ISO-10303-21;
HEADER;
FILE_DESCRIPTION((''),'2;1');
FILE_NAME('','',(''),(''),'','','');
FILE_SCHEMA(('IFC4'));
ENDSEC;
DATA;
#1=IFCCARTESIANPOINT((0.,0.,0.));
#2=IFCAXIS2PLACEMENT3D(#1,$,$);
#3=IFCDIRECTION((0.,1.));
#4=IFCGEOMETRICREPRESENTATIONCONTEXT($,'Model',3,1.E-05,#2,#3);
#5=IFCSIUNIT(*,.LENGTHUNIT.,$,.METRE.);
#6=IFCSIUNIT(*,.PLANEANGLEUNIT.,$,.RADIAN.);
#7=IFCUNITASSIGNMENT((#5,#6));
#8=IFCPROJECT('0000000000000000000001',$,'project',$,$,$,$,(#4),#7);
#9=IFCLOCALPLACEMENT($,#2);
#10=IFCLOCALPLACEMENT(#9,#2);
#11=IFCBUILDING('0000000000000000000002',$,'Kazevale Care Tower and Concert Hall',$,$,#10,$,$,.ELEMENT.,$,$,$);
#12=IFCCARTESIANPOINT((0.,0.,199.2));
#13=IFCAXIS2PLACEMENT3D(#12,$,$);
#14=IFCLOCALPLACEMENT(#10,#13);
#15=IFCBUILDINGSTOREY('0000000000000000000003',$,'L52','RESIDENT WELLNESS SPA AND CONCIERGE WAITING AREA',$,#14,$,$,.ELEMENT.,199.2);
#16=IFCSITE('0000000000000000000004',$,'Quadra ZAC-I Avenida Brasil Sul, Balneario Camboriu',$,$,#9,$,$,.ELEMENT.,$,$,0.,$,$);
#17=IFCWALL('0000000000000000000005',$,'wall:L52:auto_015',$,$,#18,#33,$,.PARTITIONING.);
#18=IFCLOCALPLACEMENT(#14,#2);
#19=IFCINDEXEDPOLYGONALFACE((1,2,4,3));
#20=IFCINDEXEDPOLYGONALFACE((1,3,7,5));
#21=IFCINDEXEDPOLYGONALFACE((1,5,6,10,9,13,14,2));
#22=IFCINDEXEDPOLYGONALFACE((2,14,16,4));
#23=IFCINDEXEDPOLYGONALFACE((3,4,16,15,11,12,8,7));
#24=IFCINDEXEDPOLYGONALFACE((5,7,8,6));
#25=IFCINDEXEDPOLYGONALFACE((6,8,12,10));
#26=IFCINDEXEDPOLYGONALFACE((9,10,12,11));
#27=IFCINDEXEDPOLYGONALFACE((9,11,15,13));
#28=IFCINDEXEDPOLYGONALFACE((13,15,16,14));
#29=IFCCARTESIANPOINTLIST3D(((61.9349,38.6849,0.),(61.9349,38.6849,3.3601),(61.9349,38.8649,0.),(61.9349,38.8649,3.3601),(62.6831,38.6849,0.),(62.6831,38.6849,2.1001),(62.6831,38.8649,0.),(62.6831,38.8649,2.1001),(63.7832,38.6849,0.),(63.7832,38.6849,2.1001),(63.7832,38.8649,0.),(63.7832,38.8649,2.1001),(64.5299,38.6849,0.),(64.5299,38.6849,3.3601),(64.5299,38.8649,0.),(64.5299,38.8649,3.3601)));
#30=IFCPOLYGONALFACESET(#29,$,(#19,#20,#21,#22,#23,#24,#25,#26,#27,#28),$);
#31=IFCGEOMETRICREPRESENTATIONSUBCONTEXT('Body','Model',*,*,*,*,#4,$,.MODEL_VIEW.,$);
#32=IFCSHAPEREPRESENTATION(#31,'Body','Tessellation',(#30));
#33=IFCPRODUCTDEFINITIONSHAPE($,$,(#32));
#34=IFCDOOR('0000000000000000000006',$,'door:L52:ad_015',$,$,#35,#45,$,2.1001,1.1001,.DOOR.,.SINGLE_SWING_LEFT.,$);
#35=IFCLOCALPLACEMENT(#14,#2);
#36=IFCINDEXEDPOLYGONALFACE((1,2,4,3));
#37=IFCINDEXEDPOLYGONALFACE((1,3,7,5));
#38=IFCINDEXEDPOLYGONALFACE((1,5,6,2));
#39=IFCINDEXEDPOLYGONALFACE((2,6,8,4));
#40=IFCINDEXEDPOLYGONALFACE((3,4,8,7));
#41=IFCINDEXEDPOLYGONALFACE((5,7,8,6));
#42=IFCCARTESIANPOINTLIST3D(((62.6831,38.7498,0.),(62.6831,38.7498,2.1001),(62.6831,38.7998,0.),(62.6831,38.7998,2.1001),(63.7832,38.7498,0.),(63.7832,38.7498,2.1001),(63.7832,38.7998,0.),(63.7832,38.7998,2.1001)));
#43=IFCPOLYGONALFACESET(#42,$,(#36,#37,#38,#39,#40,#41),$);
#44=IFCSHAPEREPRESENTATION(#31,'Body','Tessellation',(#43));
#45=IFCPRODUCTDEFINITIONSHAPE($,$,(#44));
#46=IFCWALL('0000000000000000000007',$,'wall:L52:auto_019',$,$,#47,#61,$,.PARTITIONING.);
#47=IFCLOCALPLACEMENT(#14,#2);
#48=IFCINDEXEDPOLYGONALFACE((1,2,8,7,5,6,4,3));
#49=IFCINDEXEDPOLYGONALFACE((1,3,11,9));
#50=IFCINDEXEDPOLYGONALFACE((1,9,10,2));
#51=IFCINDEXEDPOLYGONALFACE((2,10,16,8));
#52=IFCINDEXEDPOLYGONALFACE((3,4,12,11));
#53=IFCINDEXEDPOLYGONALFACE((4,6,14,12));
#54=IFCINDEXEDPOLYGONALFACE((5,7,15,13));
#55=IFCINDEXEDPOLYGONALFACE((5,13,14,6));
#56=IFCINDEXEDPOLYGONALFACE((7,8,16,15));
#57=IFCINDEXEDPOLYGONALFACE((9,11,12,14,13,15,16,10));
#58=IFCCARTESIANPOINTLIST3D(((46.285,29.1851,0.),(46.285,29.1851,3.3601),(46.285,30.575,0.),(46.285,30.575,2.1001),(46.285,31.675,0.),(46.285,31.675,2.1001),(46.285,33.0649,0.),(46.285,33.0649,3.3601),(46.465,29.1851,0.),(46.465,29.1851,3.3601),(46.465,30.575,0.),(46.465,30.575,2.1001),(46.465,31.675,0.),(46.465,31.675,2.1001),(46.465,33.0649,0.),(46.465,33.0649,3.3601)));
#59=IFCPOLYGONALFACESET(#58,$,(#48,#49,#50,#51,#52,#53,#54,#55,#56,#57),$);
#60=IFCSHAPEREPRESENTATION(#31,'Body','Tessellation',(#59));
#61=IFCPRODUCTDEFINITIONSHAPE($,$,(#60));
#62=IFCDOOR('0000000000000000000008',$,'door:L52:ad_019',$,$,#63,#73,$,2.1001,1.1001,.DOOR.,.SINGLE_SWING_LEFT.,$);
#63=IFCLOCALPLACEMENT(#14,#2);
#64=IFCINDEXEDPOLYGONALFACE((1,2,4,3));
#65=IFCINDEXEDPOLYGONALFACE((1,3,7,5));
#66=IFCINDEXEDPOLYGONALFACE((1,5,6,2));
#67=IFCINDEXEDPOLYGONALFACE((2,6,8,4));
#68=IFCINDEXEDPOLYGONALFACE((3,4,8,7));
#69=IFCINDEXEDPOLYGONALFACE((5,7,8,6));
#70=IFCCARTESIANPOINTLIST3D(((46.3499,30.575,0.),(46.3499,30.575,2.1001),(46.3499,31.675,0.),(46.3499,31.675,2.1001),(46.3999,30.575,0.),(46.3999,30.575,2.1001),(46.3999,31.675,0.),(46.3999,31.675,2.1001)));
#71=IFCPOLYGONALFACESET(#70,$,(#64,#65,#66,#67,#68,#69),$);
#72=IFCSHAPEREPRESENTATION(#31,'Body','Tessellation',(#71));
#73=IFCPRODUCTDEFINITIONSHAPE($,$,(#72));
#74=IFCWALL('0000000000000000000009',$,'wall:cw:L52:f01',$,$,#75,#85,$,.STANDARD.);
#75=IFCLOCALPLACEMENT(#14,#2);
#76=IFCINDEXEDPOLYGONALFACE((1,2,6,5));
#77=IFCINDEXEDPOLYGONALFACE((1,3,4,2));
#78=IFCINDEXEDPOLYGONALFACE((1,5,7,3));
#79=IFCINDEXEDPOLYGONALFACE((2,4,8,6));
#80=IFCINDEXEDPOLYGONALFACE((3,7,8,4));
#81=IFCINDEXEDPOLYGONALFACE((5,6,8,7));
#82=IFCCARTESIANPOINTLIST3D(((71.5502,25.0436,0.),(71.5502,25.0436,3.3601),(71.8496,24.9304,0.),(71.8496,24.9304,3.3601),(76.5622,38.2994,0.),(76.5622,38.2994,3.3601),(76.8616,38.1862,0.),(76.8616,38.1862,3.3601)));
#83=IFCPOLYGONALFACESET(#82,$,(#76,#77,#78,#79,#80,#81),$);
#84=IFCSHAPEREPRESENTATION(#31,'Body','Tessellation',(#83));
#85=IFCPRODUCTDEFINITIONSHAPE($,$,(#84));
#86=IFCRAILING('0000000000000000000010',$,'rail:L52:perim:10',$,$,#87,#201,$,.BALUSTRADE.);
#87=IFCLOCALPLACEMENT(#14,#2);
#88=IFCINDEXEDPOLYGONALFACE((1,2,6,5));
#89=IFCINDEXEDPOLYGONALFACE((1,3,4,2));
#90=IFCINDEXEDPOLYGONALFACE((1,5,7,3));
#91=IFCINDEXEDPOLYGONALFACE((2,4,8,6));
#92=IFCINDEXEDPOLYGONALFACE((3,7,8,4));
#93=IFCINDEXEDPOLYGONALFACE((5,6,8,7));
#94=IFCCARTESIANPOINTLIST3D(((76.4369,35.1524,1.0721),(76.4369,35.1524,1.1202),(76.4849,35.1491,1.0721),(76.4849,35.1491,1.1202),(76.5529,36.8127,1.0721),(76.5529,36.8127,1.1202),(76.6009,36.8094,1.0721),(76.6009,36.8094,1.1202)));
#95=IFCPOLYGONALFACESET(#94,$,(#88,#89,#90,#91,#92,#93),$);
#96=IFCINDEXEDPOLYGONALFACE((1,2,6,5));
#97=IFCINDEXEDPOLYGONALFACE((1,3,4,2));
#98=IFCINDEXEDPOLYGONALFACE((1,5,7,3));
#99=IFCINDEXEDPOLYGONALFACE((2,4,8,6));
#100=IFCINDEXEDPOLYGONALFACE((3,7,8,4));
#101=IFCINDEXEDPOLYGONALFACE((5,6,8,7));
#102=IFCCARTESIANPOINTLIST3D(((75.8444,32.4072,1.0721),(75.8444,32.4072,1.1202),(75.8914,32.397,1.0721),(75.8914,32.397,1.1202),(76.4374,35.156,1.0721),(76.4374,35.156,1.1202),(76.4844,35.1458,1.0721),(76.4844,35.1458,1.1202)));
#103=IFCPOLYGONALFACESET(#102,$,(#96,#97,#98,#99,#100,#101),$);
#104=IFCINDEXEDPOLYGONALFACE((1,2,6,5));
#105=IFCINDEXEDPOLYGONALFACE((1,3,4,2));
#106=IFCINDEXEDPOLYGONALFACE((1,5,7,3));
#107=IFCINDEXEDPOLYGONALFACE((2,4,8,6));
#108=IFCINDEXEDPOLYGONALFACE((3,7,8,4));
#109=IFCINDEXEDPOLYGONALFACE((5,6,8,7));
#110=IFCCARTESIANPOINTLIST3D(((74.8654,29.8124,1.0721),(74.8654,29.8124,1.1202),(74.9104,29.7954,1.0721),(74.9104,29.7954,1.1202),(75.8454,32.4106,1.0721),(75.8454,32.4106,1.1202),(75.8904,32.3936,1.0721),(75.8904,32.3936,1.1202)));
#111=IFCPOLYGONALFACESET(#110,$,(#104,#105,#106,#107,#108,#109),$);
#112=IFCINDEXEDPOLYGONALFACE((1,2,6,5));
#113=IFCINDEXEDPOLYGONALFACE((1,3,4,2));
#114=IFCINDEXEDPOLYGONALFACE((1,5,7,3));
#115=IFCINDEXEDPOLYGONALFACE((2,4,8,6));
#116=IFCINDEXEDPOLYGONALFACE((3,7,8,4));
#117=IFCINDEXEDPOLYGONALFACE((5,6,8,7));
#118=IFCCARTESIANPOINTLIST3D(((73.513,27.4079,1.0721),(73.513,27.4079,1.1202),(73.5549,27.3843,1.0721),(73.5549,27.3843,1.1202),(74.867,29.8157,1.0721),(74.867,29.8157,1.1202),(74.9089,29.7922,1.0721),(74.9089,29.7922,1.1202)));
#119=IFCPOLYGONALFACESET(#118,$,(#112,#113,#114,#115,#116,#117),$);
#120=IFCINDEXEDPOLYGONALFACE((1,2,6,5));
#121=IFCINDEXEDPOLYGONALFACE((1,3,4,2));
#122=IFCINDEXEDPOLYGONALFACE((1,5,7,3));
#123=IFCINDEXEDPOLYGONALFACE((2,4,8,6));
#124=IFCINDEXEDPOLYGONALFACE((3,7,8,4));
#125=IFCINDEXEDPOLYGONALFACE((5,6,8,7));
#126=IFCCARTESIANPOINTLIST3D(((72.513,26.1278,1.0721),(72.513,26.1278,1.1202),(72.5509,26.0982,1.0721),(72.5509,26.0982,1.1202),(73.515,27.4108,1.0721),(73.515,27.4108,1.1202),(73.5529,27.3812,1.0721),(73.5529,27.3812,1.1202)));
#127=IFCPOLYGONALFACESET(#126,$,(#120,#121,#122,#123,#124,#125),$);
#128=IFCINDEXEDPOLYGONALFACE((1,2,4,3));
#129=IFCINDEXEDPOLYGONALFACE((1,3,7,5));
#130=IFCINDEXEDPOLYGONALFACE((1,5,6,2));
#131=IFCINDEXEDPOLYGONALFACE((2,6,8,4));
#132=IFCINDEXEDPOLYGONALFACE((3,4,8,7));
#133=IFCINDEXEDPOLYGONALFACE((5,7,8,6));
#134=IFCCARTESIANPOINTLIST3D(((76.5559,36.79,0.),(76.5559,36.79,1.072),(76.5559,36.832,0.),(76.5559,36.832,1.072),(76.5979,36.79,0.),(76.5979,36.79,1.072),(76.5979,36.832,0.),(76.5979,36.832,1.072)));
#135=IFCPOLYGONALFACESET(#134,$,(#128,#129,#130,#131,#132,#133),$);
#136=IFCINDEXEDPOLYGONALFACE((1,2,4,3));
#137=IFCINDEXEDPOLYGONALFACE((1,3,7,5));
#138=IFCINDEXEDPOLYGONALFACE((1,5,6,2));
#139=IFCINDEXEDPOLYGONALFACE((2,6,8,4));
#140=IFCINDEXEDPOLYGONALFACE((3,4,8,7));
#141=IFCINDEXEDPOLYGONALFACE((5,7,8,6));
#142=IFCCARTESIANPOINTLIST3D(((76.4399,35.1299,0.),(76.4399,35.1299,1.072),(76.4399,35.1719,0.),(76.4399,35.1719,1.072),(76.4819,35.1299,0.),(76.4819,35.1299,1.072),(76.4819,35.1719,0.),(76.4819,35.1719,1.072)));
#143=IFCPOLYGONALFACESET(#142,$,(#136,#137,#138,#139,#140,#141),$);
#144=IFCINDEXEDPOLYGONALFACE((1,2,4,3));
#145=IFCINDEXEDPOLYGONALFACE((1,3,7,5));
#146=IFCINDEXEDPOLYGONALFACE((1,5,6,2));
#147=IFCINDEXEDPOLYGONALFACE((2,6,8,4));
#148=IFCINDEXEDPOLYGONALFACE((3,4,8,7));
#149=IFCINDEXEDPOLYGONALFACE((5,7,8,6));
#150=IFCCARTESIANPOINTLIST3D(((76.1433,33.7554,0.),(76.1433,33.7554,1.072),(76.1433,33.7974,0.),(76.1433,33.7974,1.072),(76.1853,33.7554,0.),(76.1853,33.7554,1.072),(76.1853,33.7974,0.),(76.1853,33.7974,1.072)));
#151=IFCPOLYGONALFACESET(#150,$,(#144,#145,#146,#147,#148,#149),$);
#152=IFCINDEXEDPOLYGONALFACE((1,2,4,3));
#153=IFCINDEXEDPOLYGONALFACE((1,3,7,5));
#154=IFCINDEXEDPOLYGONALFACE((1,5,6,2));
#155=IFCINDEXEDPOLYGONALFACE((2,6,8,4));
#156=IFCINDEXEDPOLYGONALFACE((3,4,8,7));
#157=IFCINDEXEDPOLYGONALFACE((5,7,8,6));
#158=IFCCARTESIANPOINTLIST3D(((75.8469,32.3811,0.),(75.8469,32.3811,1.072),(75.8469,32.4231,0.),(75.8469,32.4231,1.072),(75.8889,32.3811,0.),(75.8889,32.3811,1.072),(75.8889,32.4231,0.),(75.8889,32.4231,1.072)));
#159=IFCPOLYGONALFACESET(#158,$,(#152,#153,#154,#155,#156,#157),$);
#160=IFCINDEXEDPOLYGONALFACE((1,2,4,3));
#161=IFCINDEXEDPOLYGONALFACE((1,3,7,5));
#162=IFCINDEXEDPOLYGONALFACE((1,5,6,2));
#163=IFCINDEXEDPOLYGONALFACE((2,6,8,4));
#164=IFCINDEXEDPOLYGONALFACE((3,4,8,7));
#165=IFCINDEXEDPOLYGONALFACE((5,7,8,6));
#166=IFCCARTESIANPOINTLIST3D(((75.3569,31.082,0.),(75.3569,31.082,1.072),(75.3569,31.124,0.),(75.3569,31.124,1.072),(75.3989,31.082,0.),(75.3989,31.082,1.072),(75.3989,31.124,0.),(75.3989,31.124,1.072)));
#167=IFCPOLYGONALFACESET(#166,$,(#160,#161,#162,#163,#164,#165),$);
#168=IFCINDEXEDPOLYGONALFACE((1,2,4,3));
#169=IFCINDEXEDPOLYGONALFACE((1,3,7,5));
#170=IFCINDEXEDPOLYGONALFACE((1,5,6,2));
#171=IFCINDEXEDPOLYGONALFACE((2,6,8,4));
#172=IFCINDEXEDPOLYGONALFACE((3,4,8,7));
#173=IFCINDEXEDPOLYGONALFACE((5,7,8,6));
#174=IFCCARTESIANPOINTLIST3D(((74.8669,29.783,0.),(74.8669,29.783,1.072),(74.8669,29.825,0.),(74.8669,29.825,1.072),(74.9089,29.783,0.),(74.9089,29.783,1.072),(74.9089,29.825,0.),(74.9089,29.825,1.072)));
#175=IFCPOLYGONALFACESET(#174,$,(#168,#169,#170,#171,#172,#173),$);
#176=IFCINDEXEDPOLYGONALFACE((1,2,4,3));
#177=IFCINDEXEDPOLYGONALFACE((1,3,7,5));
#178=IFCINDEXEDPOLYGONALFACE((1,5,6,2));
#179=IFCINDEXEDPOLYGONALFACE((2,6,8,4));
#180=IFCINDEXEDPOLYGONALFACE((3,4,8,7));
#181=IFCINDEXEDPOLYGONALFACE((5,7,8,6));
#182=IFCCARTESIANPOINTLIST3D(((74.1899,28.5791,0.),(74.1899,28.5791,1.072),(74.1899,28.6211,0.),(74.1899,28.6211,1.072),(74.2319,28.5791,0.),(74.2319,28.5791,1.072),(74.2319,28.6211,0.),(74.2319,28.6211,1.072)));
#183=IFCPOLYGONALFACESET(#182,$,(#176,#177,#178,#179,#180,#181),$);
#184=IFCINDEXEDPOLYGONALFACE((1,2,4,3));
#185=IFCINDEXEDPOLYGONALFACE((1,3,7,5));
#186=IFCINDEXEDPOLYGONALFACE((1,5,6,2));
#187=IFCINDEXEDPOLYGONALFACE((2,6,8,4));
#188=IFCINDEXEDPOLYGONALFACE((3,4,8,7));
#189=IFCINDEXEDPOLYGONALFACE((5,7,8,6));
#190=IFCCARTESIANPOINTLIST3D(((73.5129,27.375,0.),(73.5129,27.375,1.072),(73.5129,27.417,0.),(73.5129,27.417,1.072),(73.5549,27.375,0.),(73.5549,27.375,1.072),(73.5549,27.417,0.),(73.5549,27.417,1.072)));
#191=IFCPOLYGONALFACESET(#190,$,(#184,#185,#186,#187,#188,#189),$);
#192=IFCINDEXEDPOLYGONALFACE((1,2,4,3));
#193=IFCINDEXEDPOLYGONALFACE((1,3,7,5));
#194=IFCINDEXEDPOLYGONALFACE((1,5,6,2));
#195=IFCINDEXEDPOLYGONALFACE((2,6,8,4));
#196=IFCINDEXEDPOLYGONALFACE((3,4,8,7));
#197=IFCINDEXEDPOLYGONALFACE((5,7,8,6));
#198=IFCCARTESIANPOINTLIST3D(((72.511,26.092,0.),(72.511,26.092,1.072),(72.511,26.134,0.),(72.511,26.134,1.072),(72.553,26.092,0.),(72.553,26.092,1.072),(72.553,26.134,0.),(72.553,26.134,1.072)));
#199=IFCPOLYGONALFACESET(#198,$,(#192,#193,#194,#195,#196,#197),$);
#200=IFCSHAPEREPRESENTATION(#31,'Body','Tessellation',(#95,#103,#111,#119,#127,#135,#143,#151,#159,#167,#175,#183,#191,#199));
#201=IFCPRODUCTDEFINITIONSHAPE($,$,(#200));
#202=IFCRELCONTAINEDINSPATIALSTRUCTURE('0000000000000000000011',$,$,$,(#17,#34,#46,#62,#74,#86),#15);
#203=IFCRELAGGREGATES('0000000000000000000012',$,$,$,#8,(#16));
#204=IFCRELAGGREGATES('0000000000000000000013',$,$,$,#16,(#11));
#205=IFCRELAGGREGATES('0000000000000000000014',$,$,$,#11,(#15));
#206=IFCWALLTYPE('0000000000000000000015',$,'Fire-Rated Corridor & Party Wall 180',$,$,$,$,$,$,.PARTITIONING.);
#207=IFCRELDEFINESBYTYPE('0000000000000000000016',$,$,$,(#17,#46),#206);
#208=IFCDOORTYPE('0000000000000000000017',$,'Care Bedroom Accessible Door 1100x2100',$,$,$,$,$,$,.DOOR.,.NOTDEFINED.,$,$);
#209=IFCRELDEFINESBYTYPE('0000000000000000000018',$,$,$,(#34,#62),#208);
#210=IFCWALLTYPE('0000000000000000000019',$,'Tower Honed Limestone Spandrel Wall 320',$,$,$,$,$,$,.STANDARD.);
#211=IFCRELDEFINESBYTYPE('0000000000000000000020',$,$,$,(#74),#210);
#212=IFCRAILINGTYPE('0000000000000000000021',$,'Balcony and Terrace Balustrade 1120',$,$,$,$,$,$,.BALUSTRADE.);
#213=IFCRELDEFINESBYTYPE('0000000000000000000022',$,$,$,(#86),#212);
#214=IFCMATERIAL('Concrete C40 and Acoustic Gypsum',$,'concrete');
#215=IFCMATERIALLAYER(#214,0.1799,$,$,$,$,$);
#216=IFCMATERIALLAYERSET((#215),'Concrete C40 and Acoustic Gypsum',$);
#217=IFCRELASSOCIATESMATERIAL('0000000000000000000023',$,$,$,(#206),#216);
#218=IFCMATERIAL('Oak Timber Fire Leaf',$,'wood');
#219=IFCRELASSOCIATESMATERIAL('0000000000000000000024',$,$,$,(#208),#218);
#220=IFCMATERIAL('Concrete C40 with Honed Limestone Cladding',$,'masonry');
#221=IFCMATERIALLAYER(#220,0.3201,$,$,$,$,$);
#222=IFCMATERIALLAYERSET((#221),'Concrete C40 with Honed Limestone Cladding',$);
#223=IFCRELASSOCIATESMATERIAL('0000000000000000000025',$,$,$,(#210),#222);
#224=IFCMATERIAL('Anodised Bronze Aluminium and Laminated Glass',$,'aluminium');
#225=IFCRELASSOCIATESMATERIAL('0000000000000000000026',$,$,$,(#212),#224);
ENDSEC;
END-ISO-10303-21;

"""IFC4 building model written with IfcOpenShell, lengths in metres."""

from ifc_helpers import new_model, si_unit, direction, frame, frame_2d, origin, origin_2d, place, context, subcontext, project, spatial, rectangle, extrude, material, layer, layer_set, type_object, element, fill, save


model = new_model("IFC4")

# Units and contexts
model_context = context("Model", 3, precision=1e-05, world=origin(), true_north=direction((0.0, 1.0)))
body_context = subcontext(model_context, "Body", "Model", "MODEL_VIEW")
ifc_project = project(units=[si_unit("LENGTHUNIT", "METRE"), si_unit("PLANEANGLEUNIT", "RADIAN")], contexts=[model_context])

# Site, building, storey
site_placement = place(None, origin())
site = spatial("IfcSite", under=ifc_project, at=site_placement, Name="Quadra ZAC-I Avenida Brasil Sul, Balneario Camboriu", CompositionType="ELEMENT", RefElevation=0.0)
building_placement = place(site_placement, origin())
building = spatial("IfcBuilding", under=site, at=building_placement, Name="Kazevale Care Tower and Concert Hall", CompositionType="ELEMENT")
storey_placement = place(building_placement, frame((0.0, 0.0, 199.2)))
storey = spatial("IfcBuildingStorey", under=building, at=storey_placement, Name="L52", Description="RESIDENT WELLNESS SPA AND CONCIERGE WAITING AREA", CompositionType="ELEMENT", Elevation=199.2)

# Walls, openings, doors
ifc_material_1 = material(Name="Concrete C40 and Acoustic Gypsum", Category="concrete")
ifc_layer_1 = layer(ifc_material_1, 0.1799)
ifc_layer_set_1 = layer_set([ifc_layer_1], Name="Concrete C40 and Acoustic Gypsum")
wall_type_1 = type_object("IfcWallType", Name="Fire-Rated Corridor & Party Wall 180", PredefinedType="PARTITIONING", material=ifc_layer_set_1)
ifc_material_2 = material(Name="Oak Timber Fire Leaf", Category="wood")
door_type = type_object("IfcDoorType", Name="Care Bedroom Accessible Door 1100x2100", OperationType="NOTDEFINED", PredefinedType="DOOR", material=ifc_material_2)
wall_1_placement = place(storey_placement, frame((61.9351, 38.7749, 0.0), z_axis=(0.0, 0.0, 1.0), x_axis=(1.0, 0.0, 0.0)))
wall_1 = element("IfcWall", 1, at=wall_1_placement, inside=storey, type_object=wall_type_1, Name="wall:L52:auto_015", PredefinedType="PARTITIONING", context=body_context, shape_type="SweptSolid", body=[
    extrude(rectangle(XDim=2.595, YDim=0.1799, at=frame_2d((1.2974, 0.0))), origin(), (0.0, 0.0, 1.0), 3.3601),
])
opening_1_placement = place(wall_1_placement, frame((0.748, 0.0, 0.0)))
opening_1 = element("IfcOpeningElement", 2, at=opening_1_placement, cuts=wall_1, PredefinedType="OPENING", context=body_context, shape_type="SweptSolid", body=[
    extrude(rectangle(XDim=1.1001, YDim=2.1001, at=frame_2d((0.55, 1.05))), frame((0.0, 0.0999, 0.0), z_axis=(0.0, -1.0, 0.0), x_axis=(1.0, 0.0, 0.0)), (0.0, 0.0, 1.0), 0.2),
])
door_1_placement = place(opening_1_placement, origin())
door_1 = element("IfcDoor", 3, at=door_1_placement, inside=storey, type_object=door_type, Name="door:L52:ad_015", OperationType="SINGLE_SWING_LEFT", OverallHeight=2.1001, OverallWidth=1.1001, PredefinedType="DOOR", context=body_context, shape_type="SweptSolid", body=[
    extrude(rectangle(XDim=1.1001, YDim=2.1001, at=frame_2d((0.55, 1.05))), frame((0.0, 0.0249, 0.0), z_axis=(0.0, -1.0, 0.0), x_axis=(1.0, 0.0, 0.0)), (0.0, 0.0, 1.0), 0.05),
])
fill(opening_1, door_1)
wall_2_placement = place(storey_placement, frame((46.375, 33.0649, 0.0), z_axis=(0.0, 0.0, 1.0), x_axis=(0.0, -1.0, 0.0)))
wall_2 = element("IfcWall", 4, at=wall_2_placement, inside=storey, type_object=wall_type_1, Name="wall:L52:auto_019", PredefinedType="PARTITIONING", context=body_context, shape_type="SweptSolid", body=[
    extrude(rectangle(XDim=3.8799, YDim=0.1799, at=frame_2d((1.9399, 0.0))), origin(), (0.0, 0.0, 1.0), 3.3601),
])
opening_2_placement = place(wall_2_placement, frame((1.3899, 0.0, 0.0)))
opening_2 = element("IfcOpeningElement", 5, at=opening_2_placement, cuts=wall_2, PredefinedType="OPENING", context=body_context, shape_type="SweptSolid", body=[
    extrude(rectangle(XDim=1.1001, YDim=2.1001, at=frame_2d((0.55, 1.05))), frame((0.0, 0.0999, 0.0), z_axis=(0.0, -1.0, 0.0), x_axis=(1.0, 0.0, 0.0)), (0.0, 0.0, 1.0), 0.2),
])
door_2_placement = place(opening_2_placement, origin())
door_2 = element("IfcDoor", 6, at=door_2_placement, inside=storey, type_object=door_type, Name="door:L52:ad_019", OperationType="SINGLE_SWING_LEFT", OverallHeight=2.1001, OverallWidth=1.1001, PredefinedType="DOOR", context=body_context, shape_type="SweptSolid", body=[
    extrude(rectangle(XDim=1.1001, YDim=2.1001, at=frame_2d((0.55, 1.05))), frame((0.0, 0.0249, 0.0), z_axis=(0.0, -1.0, 0.0), x_axis=(1.0, 0.0, 0.0)), (0.0, 0.0, 1.0), 0.05),
])
fill(opening_2, door_2)

# Wall
ifc_material_3 = material(Name="Concrete C40 with Honed Limestone Cladding", Category="masonry")
ifc_layer_2 = layer(ifc_material_3, 0.3201)
ifc_layer_set_2 = layer_set([ifc_layer_2], Name="Concrete C40 with Honed Limestone Cladding")
wall_type_2 = type_object("IfcWallType", Name="Tower Honed Limestone Spandrel Wall 320", PredefinedType="STANDARD", material=ifc_layer_set_2)
wall_3_placement = place(storey_placement, frame((76.7119, 38.2429, 0.0), z_axis=(0.0, 0.0, 1.0), x_axis=(-0.35366, -0.935374, 0.0)))
element("IfcWall", 7, at=wall_3_placement, inside=storey, type_object=wall_type_2, Name="wall:cw:L52:f01", PredefinedType="STANDARD", context=body_context, shape_type="SweptSolid", body=[
    extrude(rectangle(XDim=14.1716, YDim=0.3201, at=frame_2d((7.0859, 0.0))), origin(), (0.0, 0.0, 1.0), 3.3601),
])

# Railing
ifc_material_4 = material(Name="Anodised Bronze Aluminium and Laminated Glass", Category="aluminium")
railing_type = type_object("IfcRailingType", Name="Balcony and Terrace Balustrade 1120", PredefinedType="BALUSTRADE", material=ifc_material_4)
railing_1_placement = place(storey_placement, frame((76.5769, 36.811, 0.0)))
element("IfcRailing", 8, at=railing_1_placement, inside=storey, type_object=railing_type, Name="rail:L52:perim:10", PredefinedType="BALUSTRADE", context=body_context, shape_type="SweptSolid", body=[
    extrude(rectangle(XDim=0.0481, YDim=0.0481, at=origin_2d()), frame((0.0, 0.0, 1.0962), z_axis=(-0.069683, -0.997569, 0.0), x_axis=(0.997569, -0.069683, 0.0)), (0.0, 0.0, 1.0), 1.6643),
    extrude(rectangle(XDim=0.0481, YDim=0.0481, at=origin_2d()), frame((-0.116, -1.6602, 1.0962), z_axis=(-0.210887, -0.977511, 0.0), x_axis=(0.977511, -0.210887, 0.0)), (0.0, 0.0, 1.0), 2.812),
    extrude(rectangle(XDim=0.0481, YDim=0.0481, at=origin_2d()), frame((-0.709, -4.4089, 1.0962), z_axis=(-0.352915, -0.935655, 0.0), x_axis=(0.935655, -0.352915, 0.0)), (0.0, 0.0, 1.0), 2.7769),
    extrude(rectangle(XDim=0.0481, YDim=0.0481, at=origin_2d()), frame((-1.689, -7.0071, 1.0962), z_axis=(-0.490131, -0.871649, 0.0), x_axis=(0.871649, -0.490131, 0.0)), (0.0, 0.0, 1.0), 2.7625),
    extrude(rectangle(XDim=0.0481, YDim=0.0481, at=origin_2d()), frame((-3.043, -9.415, 1.0962), z_axis=(-0.615507, -0.788131, 0.0), x_axis=(0.788131, -0.615507, 0.0)), (0.0, 0.0, 1.0), 1.6279),
    extrude(rectangle(XDim=0.042, YDim=0.042, at=origin_2d()), origin(), (0.0, 0.0, 1.0), 1.072),
    extrude(rectangle(XDim=0.042, YDim=0.042, at=origin_2d()), frame((-0.116, -1.6602, 0.0)), (0.0, 0.0, 1.0), 1.072),
    extrude(rectangle(XDim=0.042, YDim=0.042, at=origin_2d()), frame((-0.4126, -3.0347, 0.0)), (0.0, 0.0, 1.0), 1.072),
    extrude(rectangle(XDim=0.042, YDim=0.042, at=origin_2d()), frame((-0.709, -4.4089, 0.0)), (0.0, 0.0, 1.0), 1.072),
    extrude(rectangle(XDim=0.042, YDim=0.042, at=origin_2d()), frame((-1.199, -5.708, 0.0)), (0.0, 0.0, 1.0), 1.072),
    extrude(rectangle(XDim=0.042, YDim=0.042, at=origin_2d()), frame((-1.689, -7.0071, 0.0)), (0.0, 0.0, 1.0), 1.072),
    extrude(rectangle(XDim=0.042, YDim=0.042, at=origin_2d()), frame((-2.366, -8.2109, 0.0)), (0.0, 0.0, 1.0), 1.072),
    extrude(rectangle(XDim=0.042, YDim=0.042, at=origin_2d()), frame((-3.043, -9.415, 0.0)), (0.0, 0.0, 1.0), 1.072),
    extrude(rectangle(XDim=0.042, YDim=0.042, at=origin_2d()), frame((-4.0449, -10.698, 0.0)), (0.0, 0.0, 1.0), 1.072),
])

save(model, "model.ifc")
